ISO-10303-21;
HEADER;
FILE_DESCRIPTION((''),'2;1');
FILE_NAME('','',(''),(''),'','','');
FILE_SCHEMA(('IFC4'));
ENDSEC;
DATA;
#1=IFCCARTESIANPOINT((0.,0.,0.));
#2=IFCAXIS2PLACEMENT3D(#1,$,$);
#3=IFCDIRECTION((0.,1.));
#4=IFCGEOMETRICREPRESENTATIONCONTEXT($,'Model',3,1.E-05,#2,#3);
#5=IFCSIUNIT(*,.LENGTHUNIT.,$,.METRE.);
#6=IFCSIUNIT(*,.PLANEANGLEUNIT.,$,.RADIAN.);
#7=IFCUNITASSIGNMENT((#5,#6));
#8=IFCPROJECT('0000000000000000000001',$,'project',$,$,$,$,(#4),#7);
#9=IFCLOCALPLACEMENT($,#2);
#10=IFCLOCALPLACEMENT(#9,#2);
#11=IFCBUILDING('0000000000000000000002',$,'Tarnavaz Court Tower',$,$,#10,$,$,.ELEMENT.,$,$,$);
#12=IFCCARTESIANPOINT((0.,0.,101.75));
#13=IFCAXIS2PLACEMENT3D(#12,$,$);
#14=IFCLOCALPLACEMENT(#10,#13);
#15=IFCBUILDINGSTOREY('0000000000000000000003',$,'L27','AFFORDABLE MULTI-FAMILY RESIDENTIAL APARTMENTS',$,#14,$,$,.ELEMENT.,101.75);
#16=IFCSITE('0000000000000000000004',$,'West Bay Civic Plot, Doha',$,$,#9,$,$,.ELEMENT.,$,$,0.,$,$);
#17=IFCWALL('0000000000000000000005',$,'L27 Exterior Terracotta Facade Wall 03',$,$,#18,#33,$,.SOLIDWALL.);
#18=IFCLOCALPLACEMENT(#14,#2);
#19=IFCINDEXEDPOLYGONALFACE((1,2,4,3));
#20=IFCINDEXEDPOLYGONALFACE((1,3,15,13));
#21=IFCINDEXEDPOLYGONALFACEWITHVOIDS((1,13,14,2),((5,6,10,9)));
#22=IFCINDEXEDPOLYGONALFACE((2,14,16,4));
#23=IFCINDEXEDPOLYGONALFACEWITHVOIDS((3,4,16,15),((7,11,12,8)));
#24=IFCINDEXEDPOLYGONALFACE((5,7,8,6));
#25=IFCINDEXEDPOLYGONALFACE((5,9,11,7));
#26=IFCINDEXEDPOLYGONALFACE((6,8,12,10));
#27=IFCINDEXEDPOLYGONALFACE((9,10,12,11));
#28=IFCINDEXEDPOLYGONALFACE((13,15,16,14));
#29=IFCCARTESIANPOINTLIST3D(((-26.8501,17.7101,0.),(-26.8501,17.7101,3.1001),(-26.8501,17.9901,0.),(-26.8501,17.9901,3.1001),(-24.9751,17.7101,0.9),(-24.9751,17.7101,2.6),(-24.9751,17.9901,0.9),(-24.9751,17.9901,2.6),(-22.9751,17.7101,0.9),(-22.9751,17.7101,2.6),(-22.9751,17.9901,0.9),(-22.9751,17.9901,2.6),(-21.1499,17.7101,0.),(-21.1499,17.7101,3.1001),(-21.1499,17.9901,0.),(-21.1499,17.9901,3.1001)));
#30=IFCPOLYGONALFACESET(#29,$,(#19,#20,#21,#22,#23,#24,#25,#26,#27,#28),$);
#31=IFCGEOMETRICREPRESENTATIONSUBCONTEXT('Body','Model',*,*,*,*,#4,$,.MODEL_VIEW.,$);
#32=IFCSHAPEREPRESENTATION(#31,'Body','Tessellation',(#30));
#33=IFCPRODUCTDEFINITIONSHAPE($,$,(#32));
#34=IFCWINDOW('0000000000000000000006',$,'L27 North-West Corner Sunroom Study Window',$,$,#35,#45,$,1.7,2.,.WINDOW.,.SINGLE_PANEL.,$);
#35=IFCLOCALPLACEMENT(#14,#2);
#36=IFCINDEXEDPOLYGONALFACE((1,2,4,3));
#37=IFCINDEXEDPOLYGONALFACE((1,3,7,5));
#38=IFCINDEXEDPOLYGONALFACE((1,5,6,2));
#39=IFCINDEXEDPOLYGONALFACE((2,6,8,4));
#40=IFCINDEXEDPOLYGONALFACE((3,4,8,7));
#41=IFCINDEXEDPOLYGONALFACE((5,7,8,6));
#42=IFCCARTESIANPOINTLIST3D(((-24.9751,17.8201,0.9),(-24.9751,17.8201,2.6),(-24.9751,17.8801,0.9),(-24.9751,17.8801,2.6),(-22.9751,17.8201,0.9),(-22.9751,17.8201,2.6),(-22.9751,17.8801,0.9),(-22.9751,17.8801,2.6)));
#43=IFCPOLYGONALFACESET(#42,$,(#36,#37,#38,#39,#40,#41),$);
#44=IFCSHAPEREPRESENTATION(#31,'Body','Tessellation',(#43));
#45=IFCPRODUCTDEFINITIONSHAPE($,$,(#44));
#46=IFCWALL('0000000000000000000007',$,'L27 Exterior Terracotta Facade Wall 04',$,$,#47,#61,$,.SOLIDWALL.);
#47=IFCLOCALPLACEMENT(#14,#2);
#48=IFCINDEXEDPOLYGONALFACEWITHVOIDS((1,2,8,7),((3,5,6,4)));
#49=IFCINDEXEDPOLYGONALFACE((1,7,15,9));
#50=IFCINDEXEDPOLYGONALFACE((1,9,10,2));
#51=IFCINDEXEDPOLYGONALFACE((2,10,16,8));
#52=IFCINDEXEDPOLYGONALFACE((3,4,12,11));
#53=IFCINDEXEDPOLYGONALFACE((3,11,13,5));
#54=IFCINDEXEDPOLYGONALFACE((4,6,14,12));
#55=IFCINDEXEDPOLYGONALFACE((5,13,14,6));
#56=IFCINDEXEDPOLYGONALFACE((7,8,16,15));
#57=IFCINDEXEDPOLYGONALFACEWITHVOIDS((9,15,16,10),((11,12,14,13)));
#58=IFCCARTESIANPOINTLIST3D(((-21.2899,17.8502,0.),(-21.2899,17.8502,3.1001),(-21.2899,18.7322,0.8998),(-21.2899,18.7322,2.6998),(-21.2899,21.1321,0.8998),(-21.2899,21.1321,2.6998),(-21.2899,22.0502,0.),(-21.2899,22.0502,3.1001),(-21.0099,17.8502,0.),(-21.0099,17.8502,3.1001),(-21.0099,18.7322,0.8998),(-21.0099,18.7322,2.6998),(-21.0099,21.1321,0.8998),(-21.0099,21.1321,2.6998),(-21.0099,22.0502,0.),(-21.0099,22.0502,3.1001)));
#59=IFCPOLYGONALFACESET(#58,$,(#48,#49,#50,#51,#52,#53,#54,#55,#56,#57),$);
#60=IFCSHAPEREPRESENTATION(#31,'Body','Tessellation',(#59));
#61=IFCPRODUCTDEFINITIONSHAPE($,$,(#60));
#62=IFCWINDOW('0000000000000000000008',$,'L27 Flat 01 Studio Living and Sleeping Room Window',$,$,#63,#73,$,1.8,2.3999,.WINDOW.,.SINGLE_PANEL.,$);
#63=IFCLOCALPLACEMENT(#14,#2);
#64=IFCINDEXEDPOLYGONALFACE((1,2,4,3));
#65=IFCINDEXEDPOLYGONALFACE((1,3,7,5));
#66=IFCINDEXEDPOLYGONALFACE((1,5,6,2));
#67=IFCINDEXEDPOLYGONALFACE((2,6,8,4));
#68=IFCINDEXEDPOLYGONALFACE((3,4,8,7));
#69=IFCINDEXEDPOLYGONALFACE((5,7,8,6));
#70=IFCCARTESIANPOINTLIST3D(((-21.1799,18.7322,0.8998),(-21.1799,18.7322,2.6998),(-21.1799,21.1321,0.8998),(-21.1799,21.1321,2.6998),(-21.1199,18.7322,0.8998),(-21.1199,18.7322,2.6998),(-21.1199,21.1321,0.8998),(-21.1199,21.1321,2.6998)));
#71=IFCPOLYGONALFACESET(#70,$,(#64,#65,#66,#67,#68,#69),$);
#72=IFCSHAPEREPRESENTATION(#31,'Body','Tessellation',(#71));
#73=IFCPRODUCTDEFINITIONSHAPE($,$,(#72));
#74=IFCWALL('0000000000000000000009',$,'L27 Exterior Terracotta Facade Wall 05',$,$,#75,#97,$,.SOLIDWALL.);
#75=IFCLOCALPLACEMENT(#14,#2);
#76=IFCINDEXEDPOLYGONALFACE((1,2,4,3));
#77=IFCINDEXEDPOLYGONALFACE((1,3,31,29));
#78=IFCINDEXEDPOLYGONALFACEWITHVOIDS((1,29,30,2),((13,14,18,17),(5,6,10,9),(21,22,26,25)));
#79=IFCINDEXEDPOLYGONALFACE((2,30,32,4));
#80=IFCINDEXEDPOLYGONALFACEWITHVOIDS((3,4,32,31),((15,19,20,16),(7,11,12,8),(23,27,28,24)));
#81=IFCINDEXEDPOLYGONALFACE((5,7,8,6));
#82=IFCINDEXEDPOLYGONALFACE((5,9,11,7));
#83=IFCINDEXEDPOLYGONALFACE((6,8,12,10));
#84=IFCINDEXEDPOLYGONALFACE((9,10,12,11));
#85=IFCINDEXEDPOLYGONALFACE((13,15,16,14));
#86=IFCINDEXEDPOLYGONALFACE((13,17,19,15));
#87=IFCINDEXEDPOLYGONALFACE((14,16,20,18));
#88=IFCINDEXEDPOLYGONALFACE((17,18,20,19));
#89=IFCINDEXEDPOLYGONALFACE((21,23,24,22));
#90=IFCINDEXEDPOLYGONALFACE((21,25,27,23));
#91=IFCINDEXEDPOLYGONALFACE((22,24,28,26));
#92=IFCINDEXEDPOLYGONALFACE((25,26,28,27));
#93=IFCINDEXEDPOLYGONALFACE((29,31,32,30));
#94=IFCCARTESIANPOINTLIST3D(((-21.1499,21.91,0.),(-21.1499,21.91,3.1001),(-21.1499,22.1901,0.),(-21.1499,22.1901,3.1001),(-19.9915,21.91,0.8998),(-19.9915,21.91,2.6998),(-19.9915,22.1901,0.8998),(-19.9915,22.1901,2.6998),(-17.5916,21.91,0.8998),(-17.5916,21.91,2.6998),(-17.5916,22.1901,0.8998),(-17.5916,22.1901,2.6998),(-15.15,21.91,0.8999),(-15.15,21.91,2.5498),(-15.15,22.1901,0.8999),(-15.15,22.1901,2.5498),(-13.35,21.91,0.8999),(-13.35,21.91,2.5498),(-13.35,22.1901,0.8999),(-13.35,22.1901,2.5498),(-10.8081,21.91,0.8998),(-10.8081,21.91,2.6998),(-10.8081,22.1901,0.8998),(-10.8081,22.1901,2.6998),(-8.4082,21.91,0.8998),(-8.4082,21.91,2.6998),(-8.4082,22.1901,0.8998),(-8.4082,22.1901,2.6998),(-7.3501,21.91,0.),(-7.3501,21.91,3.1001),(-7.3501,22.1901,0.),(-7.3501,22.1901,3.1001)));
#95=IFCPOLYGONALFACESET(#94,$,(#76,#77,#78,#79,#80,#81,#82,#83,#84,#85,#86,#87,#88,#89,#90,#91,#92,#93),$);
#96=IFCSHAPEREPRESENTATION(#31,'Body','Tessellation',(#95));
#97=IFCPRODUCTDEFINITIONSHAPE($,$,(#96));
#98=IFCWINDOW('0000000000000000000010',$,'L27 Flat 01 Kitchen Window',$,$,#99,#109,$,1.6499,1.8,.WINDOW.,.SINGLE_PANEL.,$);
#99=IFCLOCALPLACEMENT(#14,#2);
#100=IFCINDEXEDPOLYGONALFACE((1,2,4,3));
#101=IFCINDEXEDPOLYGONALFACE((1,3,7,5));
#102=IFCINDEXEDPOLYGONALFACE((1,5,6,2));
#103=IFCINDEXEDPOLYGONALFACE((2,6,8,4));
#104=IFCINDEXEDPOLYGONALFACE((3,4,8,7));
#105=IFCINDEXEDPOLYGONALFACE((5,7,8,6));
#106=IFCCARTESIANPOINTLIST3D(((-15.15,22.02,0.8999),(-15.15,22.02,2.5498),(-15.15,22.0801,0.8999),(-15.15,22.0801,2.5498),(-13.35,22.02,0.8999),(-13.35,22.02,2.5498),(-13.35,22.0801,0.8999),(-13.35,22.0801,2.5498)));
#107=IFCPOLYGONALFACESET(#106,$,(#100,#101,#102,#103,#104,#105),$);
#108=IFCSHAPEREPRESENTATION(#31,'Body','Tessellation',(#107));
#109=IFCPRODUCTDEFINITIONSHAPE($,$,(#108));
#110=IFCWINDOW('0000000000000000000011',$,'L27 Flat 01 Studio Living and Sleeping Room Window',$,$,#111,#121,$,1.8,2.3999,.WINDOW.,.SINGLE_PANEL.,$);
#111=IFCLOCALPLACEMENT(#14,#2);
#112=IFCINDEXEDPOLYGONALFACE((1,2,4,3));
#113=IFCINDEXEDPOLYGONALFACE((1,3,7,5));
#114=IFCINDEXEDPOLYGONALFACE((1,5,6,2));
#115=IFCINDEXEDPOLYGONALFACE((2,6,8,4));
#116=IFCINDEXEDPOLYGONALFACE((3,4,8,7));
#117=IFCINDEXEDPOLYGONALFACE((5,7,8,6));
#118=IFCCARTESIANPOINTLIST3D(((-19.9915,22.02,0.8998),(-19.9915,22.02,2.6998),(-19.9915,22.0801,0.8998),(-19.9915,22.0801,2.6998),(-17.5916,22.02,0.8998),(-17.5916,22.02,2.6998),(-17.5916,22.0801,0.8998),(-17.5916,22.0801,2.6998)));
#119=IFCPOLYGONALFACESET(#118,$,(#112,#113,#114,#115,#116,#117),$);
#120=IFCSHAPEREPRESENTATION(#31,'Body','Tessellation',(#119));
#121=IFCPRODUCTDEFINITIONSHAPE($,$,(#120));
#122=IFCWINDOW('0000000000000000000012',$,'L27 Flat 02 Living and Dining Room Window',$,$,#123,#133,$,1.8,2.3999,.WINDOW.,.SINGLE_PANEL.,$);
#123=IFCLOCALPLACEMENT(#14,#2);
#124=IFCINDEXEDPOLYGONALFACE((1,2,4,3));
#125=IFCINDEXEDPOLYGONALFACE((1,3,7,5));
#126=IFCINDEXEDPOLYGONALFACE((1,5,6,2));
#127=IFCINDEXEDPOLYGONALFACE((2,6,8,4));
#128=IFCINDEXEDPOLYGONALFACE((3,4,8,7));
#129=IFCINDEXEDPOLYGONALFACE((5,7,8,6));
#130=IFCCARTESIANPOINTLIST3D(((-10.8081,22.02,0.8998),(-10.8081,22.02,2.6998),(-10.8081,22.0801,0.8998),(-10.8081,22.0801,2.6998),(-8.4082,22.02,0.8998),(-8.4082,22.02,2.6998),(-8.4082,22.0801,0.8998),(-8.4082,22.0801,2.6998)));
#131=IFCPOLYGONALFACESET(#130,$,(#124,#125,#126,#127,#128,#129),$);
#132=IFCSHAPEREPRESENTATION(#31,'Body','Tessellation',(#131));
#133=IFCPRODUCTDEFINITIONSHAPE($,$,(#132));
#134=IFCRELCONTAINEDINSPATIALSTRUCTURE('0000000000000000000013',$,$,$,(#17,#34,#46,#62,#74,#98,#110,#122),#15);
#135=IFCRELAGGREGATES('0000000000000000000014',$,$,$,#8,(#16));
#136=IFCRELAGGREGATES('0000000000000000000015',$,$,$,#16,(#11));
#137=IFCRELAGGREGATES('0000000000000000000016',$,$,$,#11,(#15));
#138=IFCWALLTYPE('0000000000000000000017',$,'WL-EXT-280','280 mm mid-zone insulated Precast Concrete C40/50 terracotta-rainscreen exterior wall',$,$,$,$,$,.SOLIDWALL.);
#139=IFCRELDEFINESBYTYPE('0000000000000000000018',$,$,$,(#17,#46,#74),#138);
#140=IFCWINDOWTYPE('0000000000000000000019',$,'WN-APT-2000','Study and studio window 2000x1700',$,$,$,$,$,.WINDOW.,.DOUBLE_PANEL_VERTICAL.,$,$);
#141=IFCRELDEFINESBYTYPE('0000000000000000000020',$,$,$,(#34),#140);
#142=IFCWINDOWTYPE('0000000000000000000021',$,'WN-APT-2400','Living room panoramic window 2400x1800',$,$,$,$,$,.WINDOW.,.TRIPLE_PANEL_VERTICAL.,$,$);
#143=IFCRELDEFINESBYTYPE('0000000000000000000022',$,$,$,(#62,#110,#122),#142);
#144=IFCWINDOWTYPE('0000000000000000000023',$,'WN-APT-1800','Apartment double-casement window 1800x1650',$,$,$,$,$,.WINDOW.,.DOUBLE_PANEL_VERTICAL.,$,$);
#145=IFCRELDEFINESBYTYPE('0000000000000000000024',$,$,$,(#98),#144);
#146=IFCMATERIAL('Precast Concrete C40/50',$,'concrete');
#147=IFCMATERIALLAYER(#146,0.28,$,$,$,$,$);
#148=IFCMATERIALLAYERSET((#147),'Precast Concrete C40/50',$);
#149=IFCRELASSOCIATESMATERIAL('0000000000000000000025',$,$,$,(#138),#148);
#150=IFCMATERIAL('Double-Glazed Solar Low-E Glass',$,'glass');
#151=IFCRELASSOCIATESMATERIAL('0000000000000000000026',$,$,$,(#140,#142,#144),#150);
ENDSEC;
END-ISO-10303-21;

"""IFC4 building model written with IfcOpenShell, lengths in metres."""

from ifc_helpers import new_model, si_unit, direction, frame, frame_2d, origin, place, context, subcontext, project, spatial, rectangle, extrude, material, layer, layer_set, type_object, element, fill, save


model = new_model("IFC4")

# Units and contexts
model_context = context("Model", 3, precision=1e-05, world=origin(), true_north=direction((0.0, 1.0)))
body_context = subcontext(model_context, "Body", "Model", "MODEL_VIEW")
ifc_project = project(units=[si_unit("LENGTHUNIT", "METRE"), si_unit("PLANEANGLEUNIT", "RADIAN")], contexts=[model_context])

# Site, building, storey
site_placement = place(None, origin())
site = spatial("IfcSite", under=ifc_project, at=site_placement, Name="West Bay Civic Plot, Doha", CompositionType="ELEMENT", RefElevation=0.0)
building_placement = place(site_placement, origin())
building = spatial("IfcBuilding", under=site, at=building_placement, Name="Tarnavaz Court Tower", CompositionType="ELEMENT")
storey_placement = place(building_placement, frame((0.0, 0.0, 101.75)))
storey = spatial("IfcBuildingStorey", under=building, at=storey_placement, Name="L27", Description="AFFORDABLE MULTI-FAMILY RESIDENTIAL APARTMENTS", CompositionType="ELEMENT", Elevation=101.75)

# Walls, openings, windows
ifc_material_1 = material(Name="Precast Concrete C40/50", Category="concrete")
ifc_layer_1 = layer(ifc_material_1, 0.28)
ifc_layer_set_1 = layer_set([ifc_layer_1], Name="Precast Concrete C40/50")
wall_type_1 = type_object("IfcWallType", Name="WL-EXT-280", Description="280 mm mid-zone insulated Precast Concrete C40/50 terracotta-rainscreen exterior wall", PredefinedType="SOLIDWALL", material=ifc_layer_set_1)
wall_1_placement = place(storey_placement, frame((-26.8501, 17.8501, 0.0), z_axis=(0.0, 0.0, 1.0), x_axis=(1.0, 0.0, 0.0)))
wall_1 = element("IfcWall", 1, at=wall_1_placement, inside=storey, type_object=wall_type_1, Name="L27 Exterior Terracotta Facade Wall 03", PredefinedType="SOLIDWALL", context=body_context, shape_type="SweptSolid", body=[
    extrude(rectangle(XDim=5.7002, YDim=0.28, at=frame_2d((2.8501, 0.0))), origin(), (0.0, 0.0, 1.0), 3.1001),
])
opening_1_placement = place(wall_1_placement, frame((1.875, 0.0, 0.8999)))
opening_1 = element("IfcOpeningElement", 2, at=opening_1_placement, cuts=wall_1, PredefinedType="OPENING", context=body_context, shape_type="SweptSolid", body=[
    extrude(rectangle(XDim=2.0, YDim=1.7, at=frame_2d((1.0, 0.8501))), frame((0.0, 0.1499, 0.0), z_axis=(0.0, -1.0, 0.0), x_axis=(1.0, 0.0, 0.0)), (0.0, 0.0, 1.0), 0.3),
])
ifc_material_2 = material(Name="Double-Glazed Solar Low-E Glass", Category="glass")
window_type_1 = type_object("IfcWindowType", Name="WN-APT-2000", Description="Study and studio window 2000x1700", PartitioningType="DOUBLE_PANEL_VERTICAL", PredefinedType="WINDOW", material=ifc_material_2)
window_1_placement = place(opening_1_placement, origin())
window_1 = element("IfcWindow", 3, at=window_1_placement, inside=storey, type_object=window_type_1, Name="L27 North-West Corner Sunroom Study Window", OverallHeight=1.7, OverallWidth=2.0, PartitioningType="SINGLE_PANEL", PredefinedType="WINDOW", context=body_context, shape_type="SweptSolid", body=[
    extrude(rectangle(XDim=2.0, YDim=1.7, at=frame_2d((1.0, 0.8501))), frame((0.0, 0.03, 0.0), z_axis=(0.0, -1.0, 0.0), x_axis=(1.0, 0.0, 0.0)), (0.0, 0.0, 1.0), 0.0601),
])
fill(opening_1, window_1)
wall_2_placement = place(storey_placement, frame((-21.1499, 17.8501, 0.0), z_axis=(0.0, 0.0, 1.0), x_axis=(0.0, 1.0, 0.0)))
wall_2 = element("IfcWall", 4, at=wall_2_placement, inside=storey, type_object=wall_type_1, Name="L27 Exterior Terracotta Facade Wall 04", PredefinedType="SOLIDWALL", context=body_context, shape_type="SweptSolid", body=[
    extrude(rectangle(XDim=4.2, YDim=0.28, at=frame_2d((2.1001, 0.0))), origin(), (0.0, 0.0, 1.0), 3.1001),
])
opening_2_placement = place(wall_2_placement, frame((0.8821, 0.0, 0.8999)))
opening_2 = element("IfcOpeningElement", 5, at=opening_2_placement, cuts=wall_2, PredefinedType="OPENING", context=body_context, shape_type="SweptSolid", body=[
    extrude(rectangle(XDim=2.3999, YDim=1.8, at=frame_2d((1.2, 0.8999))), frame((0.0, 0.1499, 0.0), z_axis=(0.0, -1.0, 0.0), x_axis=(1.0, 0.0, 0.0)), (0.0, 0.0, 1.0), 0.3),
])
window_type_2 = type_object("IfcWindowType", Name="WN-APT-2400", Description="Living room panoramic window 2400x1800", PartitioningType="TRIPLE_PANEL_VERTICAL", PredefinedType="WINDOW", material=ifc_material_2)
window_2_placement = place(opening_2_placement, origin())
window_2 = element("IfcWindow", 6, at=window_2_placement, inside=storey, type_object=window_type_2, Name="L27 Flat 01 Studio Living and Sleeping Room Window", OverallHeight=1.8, OverallWidth=2.3999, PartitioningType="SINGLE_PANEL", PredefinedType="WINDOW", context=body_context, shape_type="SweptSolid", body=[
    extrude(rectangle(XDim=2.3999, YDim=1.8, at=frame_2d((1.2, 0.8999))), frame((0.0, 0.03, 0.0), z_axis=(0.0, -1.0, 0.0), x_axis=(1.0, 0.0, 0.0)), (0.0, 0.0, 1.0), 0.0601),
])
fill(opening_2, window_2)

# Wall, openings, windows
wall_3_placement = place(storey_placement, frame((-21.1499, 22.05, 0.0), z_axis=(0.0, 0.0, 1.0), x_axis=(1.0, 0.0, 0.0)))
wall_3 = element("IfcWall", 7, at=wall_3_placement, inside=storey, type_object=wall_type_1, Name="L27 Exterior Terracotta Facade Wall 05", PredefinedType="SOLIDWALL", context=body_context, shape_type="SweptSolid", body=[
    extrude(rectangle(XDim=13.7998, YDim=0.28, at=frame_2d((6.8999, 0.0))), origin(), (0.0, 0.0, 1.0), 3.1001),
])
opening_3_placement = place(wall_3_placement, frame((1.1584, 0.0, 0.8999)))
opening_3 = element("IfcOpeningElement", 8, at=opening_3_placement, cuts=wall_3, PredefinedType="OPENING", context=body_context, shape_type="SweptSolid", body=[
    extrude(rectangle(XDim=2.3999, YDim=1.8, at=frame_2d((1.2, 0.8999))), frame((0.0, 0.1499, 0.0), z_axis=(0.0, -1.0, 0.0), x_axis=(1.0, 0.0, 0.0)), (0.0, 0.0, 1.0), 0.3),
])
opening_4_placement = place(wall_3_placement, frame((6.0, 0.0, 0.8999)))
opening_4 = element("IfcOpeningElement", 9, at=opening_4_placement, cuts=wall_3, PredefinedType="OPENING", context=body_context, shape_type="SweptSolid", body=[
    extrude(rectangle(XDim=1.8, YDim=1.6499, at=frame_2d((0.8999, 0.825))), frame((0.0, 0.1499, 0.0), z_axis=(0.0, -1.0, 0.0), x_axis=(1.0, 0.0, 0.0)), (0.0, 0.0, 1.0), 0.3),
])
opening_5_placement = place(wall_3_placement, frame((10.3418, 0.0, 0.8999)))
opening_5 = element("IfcOpeningElement", 10, at=opening_5_placement, cuts=wall_3, PredefinedType="OPENING", context=body_context, shape_type="SweptSolid", body=[
    extrude(rectangle(XDim=2.3999, YDim=1.8, at=frame_2d((1.2, 0.8999))), frame((0.0, 0.1499, 0.0), z_axis=(0.0, -1.0, 0.0), x_axis=(1.0, 0.0, 0.0)), (0.0, 0.0, 1.0), 0.3),
])
window_type_3 = type_object("IfcWindowType", Name="WN-APT-1800", Description="Apartment double-casement window 1800x1650", PartitioningType="DOUBLE_PANEL_VERTICAL", PredefinedType="WINDOW", material=ifc_material_2)
window_3_placement = place(opening_4_placement, origin())
window_3 = element("IfcWindow", 11, at=window_3_placement, inside=storey, type_object=window_type_3, Name="L27 Flat 01 Kitchen Window", OverallHeight=1.6499, OverallWidth=1.8, PartitioningType="SINGLE_PANEL", PredefinedType="WINDOW", context=body_context, shape_type="SweptSolid", body=[
    extrude(rectangle(XDim=1.8, YDim=1.6499, at=frame_2d((0.8999, 0.825))), frame((0.0, 0.03, 0.0), z_axis=(0.0, -1.0, 0.0), x_axis=(1.0, 0.0, 0.0)), (0.0, 0.0, 1.0), 0.0601),
])
fill(opening_4, window_3)
window_4_placement = place(opening_3_placement, origin())
window_4 = element("IfcWindow", 12, at=window_4_placement, inside=storey, type_object=window_type_2, Name="L27 Flat 01 Studio Living and Sleeping Room Window", OverallHeight=1.8, OverallWidth=2.3999, PartitioningType="SINGLE_PANEL", PredefinedType="WINDOW", context=body_context, shape_type="SweptSolid", body=[
    extrude(rectangle(XDim=2.3999, YDim=1.8, at=frame_2d((1.2, 0.8999))), frame((0.0, 0.03, 0.0), z_axis=(0.0, -1.0, 0.0), x_axis=(1.0, 0.0, 0.0)), (0.0, 0.0, 1.0), 0.0601),
])
fill(opening_3, window_4)
window_5_placement = place(opening_5_placement, origin())
window_5 = element("IfcWindow", 13, at=window_5_placement, inside=storey, type_object=window_type_2, Name="L27 Flat 02 Living and Dining Room Window", OverallHeight=1.8, OverallWidth=2.3999, PartitioningType="SINGLE_PANEL", PredefinedType="WINDOW", context=body_context, shape_type="SweptSolid", body=[
    extrude(rectangle(XDim=2.3999, YDim=1.8, at=frame_2d((1.2, 0.8999))), frame((0.0, 0.03, 0.0), z_axis=(0.0, -1.0, 0.0), x_axis=(1.0, 0.0, 0.0)), (0.0, 0.0, 1.0), 0.0601),
])
fill(opening_5, window_5)

save(model, "model.ifc")
